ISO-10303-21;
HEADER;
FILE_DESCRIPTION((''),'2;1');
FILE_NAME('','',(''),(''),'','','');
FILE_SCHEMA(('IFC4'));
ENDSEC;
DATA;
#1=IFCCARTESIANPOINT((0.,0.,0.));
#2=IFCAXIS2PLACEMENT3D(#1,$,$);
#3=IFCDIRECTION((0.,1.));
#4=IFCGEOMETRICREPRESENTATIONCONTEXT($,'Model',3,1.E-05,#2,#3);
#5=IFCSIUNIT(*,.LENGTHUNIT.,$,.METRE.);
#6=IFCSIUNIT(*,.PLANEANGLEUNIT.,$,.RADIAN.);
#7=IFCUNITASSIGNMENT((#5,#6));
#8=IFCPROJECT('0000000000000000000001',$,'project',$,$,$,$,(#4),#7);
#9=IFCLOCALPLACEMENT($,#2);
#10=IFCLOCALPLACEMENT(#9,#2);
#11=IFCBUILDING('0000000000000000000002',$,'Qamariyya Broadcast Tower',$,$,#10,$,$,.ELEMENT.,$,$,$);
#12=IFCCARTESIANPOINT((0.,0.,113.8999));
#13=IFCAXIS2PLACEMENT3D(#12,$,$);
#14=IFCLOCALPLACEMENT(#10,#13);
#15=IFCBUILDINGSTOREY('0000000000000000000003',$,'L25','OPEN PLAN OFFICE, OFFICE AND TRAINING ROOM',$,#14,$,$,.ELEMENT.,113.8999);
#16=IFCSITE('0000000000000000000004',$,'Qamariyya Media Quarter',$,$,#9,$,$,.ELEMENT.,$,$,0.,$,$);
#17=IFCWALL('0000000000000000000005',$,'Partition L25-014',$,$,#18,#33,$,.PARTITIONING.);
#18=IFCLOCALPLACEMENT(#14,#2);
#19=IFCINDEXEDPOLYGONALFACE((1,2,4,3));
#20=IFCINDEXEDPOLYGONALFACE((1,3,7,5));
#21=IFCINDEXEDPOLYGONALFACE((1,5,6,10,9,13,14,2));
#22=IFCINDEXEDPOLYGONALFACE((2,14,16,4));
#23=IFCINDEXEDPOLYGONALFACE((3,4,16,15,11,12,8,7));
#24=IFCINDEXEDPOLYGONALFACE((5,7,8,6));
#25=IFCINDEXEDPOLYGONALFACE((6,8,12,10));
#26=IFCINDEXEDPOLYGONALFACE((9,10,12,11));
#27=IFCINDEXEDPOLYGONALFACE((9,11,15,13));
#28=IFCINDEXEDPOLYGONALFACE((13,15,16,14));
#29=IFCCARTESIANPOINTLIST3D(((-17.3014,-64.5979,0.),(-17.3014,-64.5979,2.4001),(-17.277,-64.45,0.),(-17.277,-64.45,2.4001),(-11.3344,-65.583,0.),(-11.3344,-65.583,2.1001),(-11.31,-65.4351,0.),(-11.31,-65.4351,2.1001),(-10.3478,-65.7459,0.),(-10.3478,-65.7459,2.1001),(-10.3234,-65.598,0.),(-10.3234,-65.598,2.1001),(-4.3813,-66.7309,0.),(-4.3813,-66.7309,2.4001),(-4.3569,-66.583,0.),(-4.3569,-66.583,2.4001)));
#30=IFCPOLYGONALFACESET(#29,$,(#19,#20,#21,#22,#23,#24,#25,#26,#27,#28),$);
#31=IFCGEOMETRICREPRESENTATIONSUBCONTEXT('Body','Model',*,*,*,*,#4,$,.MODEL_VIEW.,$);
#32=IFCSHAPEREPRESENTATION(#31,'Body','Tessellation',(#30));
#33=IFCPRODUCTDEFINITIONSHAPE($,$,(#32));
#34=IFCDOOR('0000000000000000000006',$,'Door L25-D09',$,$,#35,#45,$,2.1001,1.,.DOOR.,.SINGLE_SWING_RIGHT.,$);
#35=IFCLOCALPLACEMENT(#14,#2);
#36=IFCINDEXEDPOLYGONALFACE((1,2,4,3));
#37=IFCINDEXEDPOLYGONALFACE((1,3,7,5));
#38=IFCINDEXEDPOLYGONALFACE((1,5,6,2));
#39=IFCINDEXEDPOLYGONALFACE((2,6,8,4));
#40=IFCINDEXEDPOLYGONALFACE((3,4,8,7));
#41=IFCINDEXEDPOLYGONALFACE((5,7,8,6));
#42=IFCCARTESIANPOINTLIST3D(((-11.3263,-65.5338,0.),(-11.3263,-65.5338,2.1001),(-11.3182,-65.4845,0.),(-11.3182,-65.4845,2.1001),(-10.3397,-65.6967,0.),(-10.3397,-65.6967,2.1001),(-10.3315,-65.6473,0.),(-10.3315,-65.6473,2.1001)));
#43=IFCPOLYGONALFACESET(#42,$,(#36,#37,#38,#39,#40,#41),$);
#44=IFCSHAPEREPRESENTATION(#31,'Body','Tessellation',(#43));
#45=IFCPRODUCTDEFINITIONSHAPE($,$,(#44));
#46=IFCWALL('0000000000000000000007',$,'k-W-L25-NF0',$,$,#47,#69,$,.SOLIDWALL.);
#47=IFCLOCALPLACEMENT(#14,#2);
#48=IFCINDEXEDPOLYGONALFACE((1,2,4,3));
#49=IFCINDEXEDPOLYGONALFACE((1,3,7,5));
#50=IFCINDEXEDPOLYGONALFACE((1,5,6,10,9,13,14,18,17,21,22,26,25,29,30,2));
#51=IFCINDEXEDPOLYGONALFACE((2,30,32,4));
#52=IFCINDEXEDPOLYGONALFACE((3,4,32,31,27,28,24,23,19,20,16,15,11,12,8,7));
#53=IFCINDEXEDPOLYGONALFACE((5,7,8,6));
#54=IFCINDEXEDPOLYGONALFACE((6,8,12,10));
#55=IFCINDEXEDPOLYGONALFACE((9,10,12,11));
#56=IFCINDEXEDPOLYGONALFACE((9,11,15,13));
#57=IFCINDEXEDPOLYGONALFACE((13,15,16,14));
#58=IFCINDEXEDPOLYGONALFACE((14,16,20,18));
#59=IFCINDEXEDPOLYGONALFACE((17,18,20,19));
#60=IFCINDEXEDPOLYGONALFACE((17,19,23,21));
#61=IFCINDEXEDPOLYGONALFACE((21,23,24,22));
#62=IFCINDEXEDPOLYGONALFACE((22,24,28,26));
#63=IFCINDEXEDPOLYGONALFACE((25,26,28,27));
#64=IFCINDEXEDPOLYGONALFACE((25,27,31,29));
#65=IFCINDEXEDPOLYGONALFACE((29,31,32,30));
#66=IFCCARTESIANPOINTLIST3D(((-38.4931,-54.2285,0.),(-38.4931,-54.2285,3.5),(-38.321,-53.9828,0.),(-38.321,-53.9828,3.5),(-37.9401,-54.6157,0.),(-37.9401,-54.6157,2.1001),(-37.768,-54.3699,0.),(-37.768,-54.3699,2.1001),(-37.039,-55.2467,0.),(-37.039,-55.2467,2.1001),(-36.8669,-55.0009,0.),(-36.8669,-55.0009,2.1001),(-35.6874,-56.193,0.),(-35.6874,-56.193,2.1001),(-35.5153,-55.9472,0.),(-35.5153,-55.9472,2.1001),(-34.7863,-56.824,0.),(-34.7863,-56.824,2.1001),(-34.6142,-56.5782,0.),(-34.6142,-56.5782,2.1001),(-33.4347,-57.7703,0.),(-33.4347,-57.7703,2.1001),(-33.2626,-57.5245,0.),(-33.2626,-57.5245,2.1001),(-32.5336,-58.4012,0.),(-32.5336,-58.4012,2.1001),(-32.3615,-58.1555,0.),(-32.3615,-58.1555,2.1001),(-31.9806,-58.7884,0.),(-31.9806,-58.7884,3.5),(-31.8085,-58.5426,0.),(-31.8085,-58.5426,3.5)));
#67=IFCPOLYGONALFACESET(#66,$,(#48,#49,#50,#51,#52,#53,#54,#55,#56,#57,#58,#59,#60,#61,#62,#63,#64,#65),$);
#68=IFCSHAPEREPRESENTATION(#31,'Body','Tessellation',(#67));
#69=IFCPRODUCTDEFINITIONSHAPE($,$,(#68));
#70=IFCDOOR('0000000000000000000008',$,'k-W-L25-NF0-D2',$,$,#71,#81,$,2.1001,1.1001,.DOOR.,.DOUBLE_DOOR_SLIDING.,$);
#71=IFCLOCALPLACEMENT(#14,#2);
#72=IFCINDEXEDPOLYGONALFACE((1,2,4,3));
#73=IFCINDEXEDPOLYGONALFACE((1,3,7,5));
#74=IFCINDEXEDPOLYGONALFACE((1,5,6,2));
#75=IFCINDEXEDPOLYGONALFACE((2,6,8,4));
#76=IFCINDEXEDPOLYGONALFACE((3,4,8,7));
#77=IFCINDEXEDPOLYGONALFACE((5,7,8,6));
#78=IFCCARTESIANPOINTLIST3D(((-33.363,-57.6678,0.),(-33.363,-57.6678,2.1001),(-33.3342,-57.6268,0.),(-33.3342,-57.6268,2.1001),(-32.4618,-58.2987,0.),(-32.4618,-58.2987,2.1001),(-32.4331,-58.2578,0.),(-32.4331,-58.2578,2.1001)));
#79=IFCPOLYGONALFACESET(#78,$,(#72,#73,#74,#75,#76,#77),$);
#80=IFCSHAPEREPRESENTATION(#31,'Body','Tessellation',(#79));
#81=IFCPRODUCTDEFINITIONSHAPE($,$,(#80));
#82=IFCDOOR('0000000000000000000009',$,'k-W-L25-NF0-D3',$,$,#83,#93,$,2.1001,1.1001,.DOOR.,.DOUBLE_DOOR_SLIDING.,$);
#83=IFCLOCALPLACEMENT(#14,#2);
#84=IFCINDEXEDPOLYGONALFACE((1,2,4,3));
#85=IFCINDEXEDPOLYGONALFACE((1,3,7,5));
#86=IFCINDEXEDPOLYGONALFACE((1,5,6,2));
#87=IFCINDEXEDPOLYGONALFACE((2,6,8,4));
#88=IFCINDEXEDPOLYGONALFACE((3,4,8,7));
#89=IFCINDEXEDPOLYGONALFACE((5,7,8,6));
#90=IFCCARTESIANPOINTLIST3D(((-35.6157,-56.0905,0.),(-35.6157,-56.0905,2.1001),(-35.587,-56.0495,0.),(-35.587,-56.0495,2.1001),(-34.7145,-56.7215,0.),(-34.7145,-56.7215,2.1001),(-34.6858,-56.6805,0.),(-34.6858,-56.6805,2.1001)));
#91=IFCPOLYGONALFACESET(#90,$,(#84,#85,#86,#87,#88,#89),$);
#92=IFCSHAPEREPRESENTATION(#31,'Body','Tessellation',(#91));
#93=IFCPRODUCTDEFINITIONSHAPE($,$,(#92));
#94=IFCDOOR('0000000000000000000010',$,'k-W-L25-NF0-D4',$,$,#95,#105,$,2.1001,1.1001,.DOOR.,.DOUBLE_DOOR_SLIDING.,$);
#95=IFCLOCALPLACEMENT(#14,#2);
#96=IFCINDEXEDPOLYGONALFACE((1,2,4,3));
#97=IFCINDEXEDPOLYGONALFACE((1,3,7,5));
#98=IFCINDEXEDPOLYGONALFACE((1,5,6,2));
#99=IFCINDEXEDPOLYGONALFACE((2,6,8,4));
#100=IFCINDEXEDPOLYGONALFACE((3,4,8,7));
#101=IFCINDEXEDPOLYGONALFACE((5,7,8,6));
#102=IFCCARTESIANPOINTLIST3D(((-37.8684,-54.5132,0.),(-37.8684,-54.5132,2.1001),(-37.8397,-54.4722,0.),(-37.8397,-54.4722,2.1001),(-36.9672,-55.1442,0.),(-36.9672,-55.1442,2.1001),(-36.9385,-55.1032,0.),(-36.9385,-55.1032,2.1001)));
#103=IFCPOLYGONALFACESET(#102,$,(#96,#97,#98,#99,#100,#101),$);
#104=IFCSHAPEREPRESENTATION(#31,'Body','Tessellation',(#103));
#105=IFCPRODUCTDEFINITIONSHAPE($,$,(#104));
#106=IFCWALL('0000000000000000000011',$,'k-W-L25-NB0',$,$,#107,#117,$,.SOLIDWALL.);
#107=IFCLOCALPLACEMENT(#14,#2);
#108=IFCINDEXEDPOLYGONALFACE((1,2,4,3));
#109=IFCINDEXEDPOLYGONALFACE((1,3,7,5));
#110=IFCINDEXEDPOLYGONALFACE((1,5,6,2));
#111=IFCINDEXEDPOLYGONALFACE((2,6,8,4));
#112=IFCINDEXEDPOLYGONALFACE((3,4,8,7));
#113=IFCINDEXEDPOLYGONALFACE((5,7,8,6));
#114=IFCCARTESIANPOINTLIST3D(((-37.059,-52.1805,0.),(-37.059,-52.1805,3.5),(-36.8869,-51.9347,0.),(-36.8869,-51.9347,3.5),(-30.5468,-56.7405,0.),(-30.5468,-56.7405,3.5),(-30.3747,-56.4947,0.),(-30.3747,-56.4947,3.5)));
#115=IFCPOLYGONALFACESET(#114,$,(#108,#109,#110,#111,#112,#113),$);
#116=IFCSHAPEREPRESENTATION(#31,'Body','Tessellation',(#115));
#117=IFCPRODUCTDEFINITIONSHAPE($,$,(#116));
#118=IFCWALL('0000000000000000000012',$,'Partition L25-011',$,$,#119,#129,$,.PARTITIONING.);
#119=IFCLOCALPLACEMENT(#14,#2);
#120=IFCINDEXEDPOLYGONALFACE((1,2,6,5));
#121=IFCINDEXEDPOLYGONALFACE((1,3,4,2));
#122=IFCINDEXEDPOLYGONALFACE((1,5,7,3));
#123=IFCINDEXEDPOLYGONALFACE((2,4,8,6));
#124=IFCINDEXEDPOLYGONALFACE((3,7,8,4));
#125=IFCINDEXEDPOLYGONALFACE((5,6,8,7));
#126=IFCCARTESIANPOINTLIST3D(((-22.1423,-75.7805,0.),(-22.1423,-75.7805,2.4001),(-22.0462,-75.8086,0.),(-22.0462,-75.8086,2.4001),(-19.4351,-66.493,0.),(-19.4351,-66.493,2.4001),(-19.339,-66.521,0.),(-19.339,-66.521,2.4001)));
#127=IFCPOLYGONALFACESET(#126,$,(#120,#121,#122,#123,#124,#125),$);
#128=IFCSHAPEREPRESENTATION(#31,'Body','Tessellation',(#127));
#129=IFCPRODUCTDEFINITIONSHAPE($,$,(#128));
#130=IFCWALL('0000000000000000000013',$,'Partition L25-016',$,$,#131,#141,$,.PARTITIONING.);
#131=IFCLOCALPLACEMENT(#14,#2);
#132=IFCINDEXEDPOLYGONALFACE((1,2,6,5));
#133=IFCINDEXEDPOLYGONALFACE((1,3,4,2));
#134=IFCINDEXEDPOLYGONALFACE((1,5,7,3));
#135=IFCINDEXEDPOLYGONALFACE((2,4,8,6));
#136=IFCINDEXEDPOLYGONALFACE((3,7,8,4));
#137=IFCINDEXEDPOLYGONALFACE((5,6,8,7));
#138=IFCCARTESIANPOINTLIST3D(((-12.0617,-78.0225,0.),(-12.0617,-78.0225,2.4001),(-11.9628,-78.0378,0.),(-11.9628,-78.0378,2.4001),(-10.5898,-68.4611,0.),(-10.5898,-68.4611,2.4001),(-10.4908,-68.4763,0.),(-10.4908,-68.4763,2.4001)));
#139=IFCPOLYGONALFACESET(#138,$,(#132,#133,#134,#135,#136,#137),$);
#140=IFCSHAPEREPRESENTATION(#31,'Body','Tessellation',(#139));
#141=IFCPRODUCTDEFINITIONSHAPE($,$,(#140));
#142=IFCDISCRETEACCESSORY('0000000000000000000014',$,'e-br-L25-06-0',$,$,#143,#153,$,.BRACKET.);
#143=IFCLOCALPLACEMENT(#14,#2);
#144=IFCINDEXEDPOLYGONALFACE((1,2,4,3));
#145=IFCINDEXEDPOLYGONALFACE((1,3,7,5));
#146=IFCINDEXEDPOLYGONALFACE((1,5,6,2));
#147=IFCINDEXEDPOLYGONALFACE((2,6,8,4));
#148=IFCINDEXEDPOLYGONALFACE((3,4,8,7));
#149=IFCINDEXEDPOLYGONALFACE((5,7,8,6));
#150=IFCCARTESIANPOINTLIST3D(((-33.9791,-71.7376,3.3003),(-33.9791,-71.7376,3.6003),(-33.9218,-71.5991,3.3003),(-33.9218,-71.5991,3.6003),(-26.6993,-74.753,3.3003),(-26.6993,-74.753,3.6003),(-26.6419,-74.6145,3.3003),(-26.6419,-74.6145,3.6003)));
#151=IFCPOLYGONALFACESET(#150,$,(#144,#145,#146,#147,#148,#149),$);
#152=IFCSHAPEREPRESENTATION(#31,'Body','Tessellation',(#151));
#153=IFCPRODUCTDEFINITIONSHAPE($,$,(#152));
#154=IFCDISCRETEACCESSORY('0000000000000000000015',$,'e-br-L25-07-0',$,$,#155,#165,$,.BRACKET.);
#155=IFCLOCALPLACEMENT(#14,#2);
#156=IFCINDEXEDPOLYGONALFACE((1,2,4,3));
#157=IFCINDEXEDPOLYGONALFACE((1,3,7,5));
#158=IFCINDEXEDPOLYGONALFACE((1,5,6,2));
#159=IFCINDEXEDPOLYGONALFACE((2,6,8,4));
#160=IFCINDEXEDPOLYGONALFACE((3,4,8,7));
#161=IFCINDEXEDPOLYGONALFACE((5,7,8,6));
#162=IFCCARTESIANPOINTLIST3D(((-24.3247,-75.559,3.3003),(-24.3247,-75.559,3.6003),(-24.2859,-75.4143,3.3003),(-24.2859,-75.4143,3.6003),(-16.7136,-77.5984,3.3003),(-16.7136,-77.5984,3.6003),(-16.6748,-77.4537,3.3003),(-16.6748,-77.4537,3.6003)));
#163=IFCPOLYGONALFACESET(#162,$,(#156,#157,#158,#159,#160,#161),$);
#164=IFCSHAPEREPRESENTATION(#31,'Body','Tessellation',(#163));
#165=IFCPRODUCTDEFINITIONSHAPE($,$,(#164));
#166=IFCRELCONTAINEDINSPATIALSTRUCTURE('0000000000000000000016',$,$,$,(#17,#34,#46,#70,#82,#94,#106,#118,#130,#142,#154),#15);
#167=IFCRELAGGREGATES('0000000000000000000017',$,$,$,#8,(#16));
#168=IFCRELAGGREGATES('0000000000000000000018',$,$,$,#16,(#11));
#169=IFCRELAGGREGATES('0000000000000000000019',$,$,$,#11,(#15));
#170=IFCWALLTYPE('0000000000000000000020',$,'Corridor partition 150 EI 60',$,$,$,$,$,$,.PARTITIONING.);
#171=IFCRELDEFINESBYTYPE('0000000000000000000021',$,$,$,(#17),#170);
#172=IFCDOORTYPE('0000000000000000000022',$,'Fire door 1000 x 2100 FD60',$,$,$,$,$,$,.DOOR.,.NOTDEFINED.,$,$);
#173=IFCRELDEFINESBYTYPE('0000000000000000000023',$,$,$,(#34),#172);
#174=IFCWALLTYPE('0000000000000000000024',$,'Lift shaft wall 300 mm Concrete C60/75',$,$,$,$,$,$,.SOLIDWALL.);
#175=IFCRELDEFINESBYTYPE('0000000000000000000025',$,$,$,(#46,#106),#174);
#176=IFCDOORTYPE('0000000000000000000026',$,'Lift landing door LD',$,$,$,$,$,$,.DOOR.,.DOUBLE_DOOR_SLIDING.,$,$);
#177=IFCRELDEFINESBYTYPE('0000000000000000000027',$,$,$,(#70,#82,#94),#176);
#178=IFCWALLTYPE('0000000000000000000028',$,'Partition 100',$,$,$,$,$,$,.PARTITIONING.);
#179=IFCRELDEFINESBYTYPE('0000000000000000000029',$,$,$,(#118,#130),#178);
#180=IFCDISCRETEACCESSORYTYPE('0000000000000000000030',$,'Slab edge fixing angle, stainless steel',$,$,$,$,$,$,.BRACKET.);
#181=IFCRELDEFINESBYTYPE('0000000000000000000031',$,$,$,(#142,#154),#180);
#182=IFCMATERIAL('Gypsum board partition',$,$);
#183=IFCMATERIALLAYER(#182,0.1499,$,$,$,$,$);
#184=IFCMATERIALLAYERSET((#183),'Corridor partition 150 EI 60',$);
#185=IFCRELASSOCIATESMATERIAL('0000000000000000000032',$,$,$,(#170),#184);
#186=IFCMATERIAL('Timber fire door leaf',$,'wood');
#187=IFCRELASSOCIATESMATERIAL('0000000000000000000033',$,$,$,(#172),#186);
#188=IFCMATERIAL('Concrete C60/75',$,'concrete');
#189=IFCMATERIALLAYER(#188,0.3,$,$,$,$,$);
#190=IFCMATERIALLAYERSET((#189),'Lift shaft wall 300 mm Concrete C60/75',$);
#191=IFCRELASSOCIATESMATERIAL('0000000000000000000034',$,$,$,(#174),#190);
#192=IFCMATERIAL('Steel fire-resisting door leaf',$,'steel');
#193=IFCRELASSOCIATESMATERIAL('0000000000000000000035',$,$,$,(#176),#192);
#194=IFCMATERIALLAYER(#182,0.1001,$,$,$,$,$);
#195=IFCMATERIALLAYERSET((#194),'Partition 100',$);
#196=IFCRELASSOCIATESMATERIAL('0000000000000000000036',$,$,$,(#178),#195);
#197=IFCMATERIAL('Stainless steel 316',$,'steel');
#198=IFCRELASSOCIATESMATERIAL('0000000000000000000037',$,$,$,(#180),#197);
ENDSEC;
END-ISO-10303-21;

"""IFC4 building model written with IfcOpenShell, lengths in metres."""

from ifc_helpers import new_model, si_unit, direction, frame, frame_2d, origin, origin_2d, place, context, subcontext, project, spatial, rectangle, extrude, material, layer, layer_set, type_object, element, fill, save


model = new_model("IFC4")

# Units and contexts
model_context = context("Model", 3, precision=1e-05, world=origin(), true_north=direction((0.0, 1.0)))
body_context = subcontext(model_context, "Body", "Model", "MODEL_VIEW")
ifc_project = project(units=[si_unit("LENGTHUNIT", "METRE"), si_unit("PLANEANGLEUNIT", "RADIAN")], contexts=[model_context])

# Site, building, storey
site_placement = place(None, origin())
site = spatial("IfcSite", under=ifc_project, at=site_placement, Name="Qamariyya Media Quarter", CompositionType="ELEMENT", RefElevation=0.0)
building_placement = place(site_placement, origin())
building = spatial("IfcBuilding", under=site, at=building_placement, Name="Qamariyya Broadcast Tower", CompositionType="ELEMENT")
storey_placement = place(building_placement, frame((0.0, 0.0, 113.8999)))
storey = spatial("IfcBuildingStorey", under=building, at=storey_placement, Name="L25", Description="OPEN PLAN OFFICE, OFFICE AND TRAINING ROOM", CompositionType="ELEMENT", Elevation=113.8999)

# Shared definitions
ifc_material_1 = material(Name="Gypsum board partition")
ifc_layer_1 = layer(ifc_material_1, 0.1499)
ifc_layer_set_1 = layer_set([ifc_layer_1], Name="Corridor partition 150 EI 60")
wall_type_1 = type_object("IfcWallType", Name="Corridor partition 150 EI 60", PredefinedType="PARTITIONING", material=ifc_layer_set_1)

# Wall, opening, door
ifc_material_2 = material(Name="Timber fire door leaf", Category="wood")
door_type_1 = type_object("IfcDoorType", Name="Fire door 1000 x 2100 FD60", OperationType="NOTDEFINED", PredefinedType="DOOR", material=ifc_material_2)
wall_1_placement = place(storey_placement, frame((-17.2891, -64.5239, 0.0), z_axis=(0.0, 0.0, 1.0), x_axis=(0.986644, -0.16289, 0.0)))
wall_1 = element("IfcWall", 1, at=wall_1_placement, inside=storey, type_object=wall_type_1, Name="Partition L25-014", PredefinedType="PARTITIONING", context=body_context, shape_type="SweptSolid", body=[
    extrude(rectangle(XDim=13.095, YDim=0.1499, at=frame_2d((6.5474, 0.0))), origin(), (0.0, 0.0, 1.0), 2.4001),
])
opening_1_placement = place(wall_1_placement, frame((6.0476, 0.0, 0.0)))
opening_1 = element("IfcOpeningElement", 2, at=opening_1_placement, cuts=wall_1, PredefinedType="OPENING", context=body_context, shape_type="SweptSolid", body=[
    extrude(rectangle(XDim=1.0, YDim=2.1001, at=frame_2d((0.5, 1.05))), frame((0.0, 0.085, 0.0), z_axis=(0.0, -1.0, 0.0), x_axis=(1.0, 0.0, 0.0)), (0.0, 0.0, 1.0), 0.1699),
])
door_1_placement = place(opening_1_placement, origin())
door_1 = element("IfcDoor", 3, at=door_1_placement, inside=storey, type_object=door_type_1, Name="Door L25-D09", OperationType="SINGLE_SWING_RIGHT", OverallHeight=2.1001, OverallWidth=1.0, PredefinedType="DOOR", context=body_context, shape_type="SweptSolid", body=[
    extrude(rectangle(XDim=1.0, YDim=2.1001, at=frame_2d((0.5, 1.05))), frame((0.0, 0.0249, 0.0), z_axis=(0.0, -1.0, 0.0), x_axis=(1.0, 0.0, 0.0)), (0.0, 0.0, 1.0), 0.05),
])
fill(opening_1, door_1)

# Wall, openings, doors
ifc_material_3 = material(Name="Concrete C60/75", Category="concrete")
ifc_layer_2 = layer(ifc_material_3, 0.3)
ifc_layer_set_2 = layer_set([ifc_layer_2], Name="Lift shaft wall 300 mm Concrete C60/75")
wall_type_2 = type_object("IfcWallType", Name="Lift shaft wall 300 mm Concrete C60/75", PredefinedType="SOLIDWALL", material=ifc_layer_set_2)
wall_2_placement = place(storey_placement, frame((-31.8945, -58.6655, 0.0), z_axis=(0.0, 0.0, 1.0), x_axis=(-0.819167, 0.573555, 0.0)))
wall_2 = element("IfcWall", 4, at=wall_2_placement, inside=storey, type_object=wall_type_2, Name="k-W-L25-NF0", PredefinedType="SOLIDWALL", context=body_context, shape_type="SweptSolid", body=[
    extrude(rectangle(XDim=7.9502, YDim=0.3, at=frame_2d((3.9751, 0.0))), origin(), (0.0, 0.0, 1.0), 3.5),
])
opening_2_placement = place(wall_2_placement, frame((0.675, 0.0, 0.0)))
opening_2 = element("IfcOpeningElement", 5, at=opening_2_placement, cuts=wall_2, PredefinedType="OPENING", context=body_context, shape_type="SweptSolid", body=[
    extrude(rectangle(XDim=1.1001, YDim=2.1001, at=frame_2d((0.55, 1.05))), frame((0.0, 0.1599, 0.0), z_axis=(0.0, -1.0, 0.0), x_axis=(1.0, 0.0, 0.0)), (0.0, 0.0, 1.0), 0.3201),
])
opening_3_placement = place(wall_2_placement, frame((3.425, 0.0, 0.0)))
opening_3 = element("IfcOpeningElement", 6, at=opening_3_placement, cuts=wall_2, PredefinedType="OPENING", context=body_context, shape_type="SweptSolid", body=[
    extrude(rectangle(XDim=1.1001, YDim=2.1001, at=frame_2d((0.55, 1.05))), frame((0.0, 0.1599, 0.0), z_axis=(0.0, -1.0, 0.0), x_axis=(1.0, 0.0, 0.0)), (0.0, 0.0, 1.0), 0.3201),
])
opening_4_placement = place(wall_2_placement, frame((6.175, 0.0, 0.0)))
opening_4 = element("IfcOpeningElement", 7, at=opening_4_placement, cuts=wall_2, PredefinedType="OPENING", context=body_context, shape_type="SweptSolid", body=[
    extrude(rectangle(XDim=1.1001, YDim=2.1001, at=frame_2d((0.55, 1.05))), frame((0.0, 0.1599, 0.0), z_axis=(0.0, -1.0, 0.0), x_axis=(1.0, 0.0, 0.0)), (0.0, 0.0, 1.0), 0.3201),
])
ifc_material_4 = material(Name="Steel fire-resisting door leaf", Category="steel")
door_type_2 = type_object("IfcDoorType", Name="Lift landing door LD", OperationType="DOUBLE_DOOR_SLIDING", PredefinedType="DOOR", material=ifc_material_4)
door_2_placement = place(opening_2_placement, origin())
door_2 = element("IfcDoor", 8, at=door_2_placement, inside=storey, type_object=door_type_2, Name="k-W-L25-NF0-D2", OperationType="DOUBLE_DOOR_SLIDING", OverallHeight=2.1001, OverallWidth=1.1001, PredefinedType="DOOR", context=body_context, shape_type="SweptSolid", body=[
    extrude(rectangle(XDim=1.1001, YDim=2.1001, at=frame_2d((0.55, 1.05))), frame((0.0, 0.0249, 0.0), z_axis=(0.0, -1.0, 0.0), x_axis=(1.0, 0.0, 0.0)), (0.0, 0.0, 1.0), 0.05),
])
fill(opening_2, door_2)
door_3_placement = place(opening_3_placement, origin())
door_3 = element("IfcDoor", 9, at=door_3_placement, inside=storey, type_object=door_type_2, Name="k-W-L25-NF0-D3", OperationType="DOUBLE_DOOR_SLIDING", OverallHeight=2.1001, OverallWidth=1.1001, PredefinedType="DOOR", context=body_context, shape_type="SweptSolid", body=[
    extrude(rectangle(XDim=1.1001, YDim=2.1001, at=frame_2d((0.55, 1.05))), frame((0.0, 0.0249, 0.0), z_axis=(0.0, -1.0, 0.0), x_axis=(1.0, 0.0, 0.0)), (0.0, 0.0, 1.0), 0.05),
])
fill(opening_3, door_3)
door_4_placement = place(opening_4_placement, origin())
door_4 = element("IfcDoor", 10, at=door_4_placement, inside=storey, type_object=door_type_2, Name="k-W-L25-NF0-D4", OperationType="DOUBLE_DOOR_SLIDING", OverallHeight=2.1001, OverallWidth=1.1001, PredefinedType="DOOR", context=body_context, shape_type="SweptSolid", body=[
    extrude(rectangle(XDim=1.1001, YDim=2.1001, at=frame_2d((0.55, 1.05))), frame((0.0, 0.0249, 0.0), z_axis=(0.0, -1.0, 0.0), x_axis=(1.0, 0.0, 0.0)), (0.0, 0.0, 1.0), 0.05),
])
fill(opening_4, door_4)

# Walls
wall_3_placement = place(storey_placement, frame((-30.4607, -56.6177, 0.0), z_axis=(0.0, 0.0, 1.0), x_axis=(-0.819142, 0.57359, 0.0)))
element("IfcWall", 11, at=wall_3_placement, inside=storey, type_object=wall_type_2, Name="k-W-L25-NB0", PredefinedType="SOLIDWALL", context=body_context, shape_type="SweptSolid", body=[
    extrude(rectangle(XDim=7.95, YDim=0.3, at=frame_2d((3.9751, 0.0))), origin(), (0.0, 0.0, 1.0), 3.5),
])
ifc_layer_3 = layer(ifc_material_1, 0.1001)
ifc_layer_set_3 = layer_set([ifc_layer_3], Name="Partition 100")
wall_type_3 = type_object("IfcWallType", Name="Partition 100", PredefinedType="PARTITIONING", material=ifc_layer_set_3)
for number, where, z_axis, x_axis, name in (
    (12, (-22.0942, -75.7944, 0.0), (0.0, 0.0, 1.0), (0.279847, 0.960045, 0.0), "Partition L25-011"),
    (13, (-12.0122, -78.03, 0.0), (0.0, 0.0, 1.0), (0.15215, 0.988357, 0.0), "Partition L25-016"),
):
    element("IfcWall", number, at=place(storey_placement, frame(where, z_axis=z_axis, x_axis=x_axis)), inside=storey, type_object=wall_type_3, Name=name, PredefinedType="PARTITIONING", context=body_context, shape_type="SweptSolid", body=[
        extrude(rectangle(XDim=9.6741, YDim=0.1001, at=frame_2d((4.8369, 0.0))), origin(), (0.0, 0.0, 1.0), 2.4001),
    ])

# Discrete accessories
ifc_material_5 = material(Name="Stainless steel 316", Category="steel")
discrete_accessory_type = type_object("IfcDiscreteAccessoryType", Name="Slab edge fixing angle, stainless steel", PredefinedType="BRACKET", material=ifc_material_5)
for number, where, z_axis, x_axis, name in (
    (14, (-30.3105, -73.176, 3.3003), (0.0, 0.0, 1.0), (0.92388, -0.382683, 0.0), "e-br-L25-06-0"),
    (15, (-20.4998, -76.5063, 3.3003), (0.0, 0.0, 1.0), (0.965926, -0.258819, 0.0), "e-br-L25-07-0"),
):
    element("IfcDiscreteAccessory", number, at=place(storey_placement, frame(where, z_axis=z_axis, x_axis=x_axis)), inside=storey, type_object=discrete_accessory_type, Name=name, PredefinedType="BRACKET", context=body_context, shape_type="SweptSolid", body=[
        extrude(rectangle(XDim=7.8796, YDim=0.1499, at=origin_2d()), origin(), (0.0, 0.0, 1.0), 0.3),
    ])

save(model, "model.ifc")
